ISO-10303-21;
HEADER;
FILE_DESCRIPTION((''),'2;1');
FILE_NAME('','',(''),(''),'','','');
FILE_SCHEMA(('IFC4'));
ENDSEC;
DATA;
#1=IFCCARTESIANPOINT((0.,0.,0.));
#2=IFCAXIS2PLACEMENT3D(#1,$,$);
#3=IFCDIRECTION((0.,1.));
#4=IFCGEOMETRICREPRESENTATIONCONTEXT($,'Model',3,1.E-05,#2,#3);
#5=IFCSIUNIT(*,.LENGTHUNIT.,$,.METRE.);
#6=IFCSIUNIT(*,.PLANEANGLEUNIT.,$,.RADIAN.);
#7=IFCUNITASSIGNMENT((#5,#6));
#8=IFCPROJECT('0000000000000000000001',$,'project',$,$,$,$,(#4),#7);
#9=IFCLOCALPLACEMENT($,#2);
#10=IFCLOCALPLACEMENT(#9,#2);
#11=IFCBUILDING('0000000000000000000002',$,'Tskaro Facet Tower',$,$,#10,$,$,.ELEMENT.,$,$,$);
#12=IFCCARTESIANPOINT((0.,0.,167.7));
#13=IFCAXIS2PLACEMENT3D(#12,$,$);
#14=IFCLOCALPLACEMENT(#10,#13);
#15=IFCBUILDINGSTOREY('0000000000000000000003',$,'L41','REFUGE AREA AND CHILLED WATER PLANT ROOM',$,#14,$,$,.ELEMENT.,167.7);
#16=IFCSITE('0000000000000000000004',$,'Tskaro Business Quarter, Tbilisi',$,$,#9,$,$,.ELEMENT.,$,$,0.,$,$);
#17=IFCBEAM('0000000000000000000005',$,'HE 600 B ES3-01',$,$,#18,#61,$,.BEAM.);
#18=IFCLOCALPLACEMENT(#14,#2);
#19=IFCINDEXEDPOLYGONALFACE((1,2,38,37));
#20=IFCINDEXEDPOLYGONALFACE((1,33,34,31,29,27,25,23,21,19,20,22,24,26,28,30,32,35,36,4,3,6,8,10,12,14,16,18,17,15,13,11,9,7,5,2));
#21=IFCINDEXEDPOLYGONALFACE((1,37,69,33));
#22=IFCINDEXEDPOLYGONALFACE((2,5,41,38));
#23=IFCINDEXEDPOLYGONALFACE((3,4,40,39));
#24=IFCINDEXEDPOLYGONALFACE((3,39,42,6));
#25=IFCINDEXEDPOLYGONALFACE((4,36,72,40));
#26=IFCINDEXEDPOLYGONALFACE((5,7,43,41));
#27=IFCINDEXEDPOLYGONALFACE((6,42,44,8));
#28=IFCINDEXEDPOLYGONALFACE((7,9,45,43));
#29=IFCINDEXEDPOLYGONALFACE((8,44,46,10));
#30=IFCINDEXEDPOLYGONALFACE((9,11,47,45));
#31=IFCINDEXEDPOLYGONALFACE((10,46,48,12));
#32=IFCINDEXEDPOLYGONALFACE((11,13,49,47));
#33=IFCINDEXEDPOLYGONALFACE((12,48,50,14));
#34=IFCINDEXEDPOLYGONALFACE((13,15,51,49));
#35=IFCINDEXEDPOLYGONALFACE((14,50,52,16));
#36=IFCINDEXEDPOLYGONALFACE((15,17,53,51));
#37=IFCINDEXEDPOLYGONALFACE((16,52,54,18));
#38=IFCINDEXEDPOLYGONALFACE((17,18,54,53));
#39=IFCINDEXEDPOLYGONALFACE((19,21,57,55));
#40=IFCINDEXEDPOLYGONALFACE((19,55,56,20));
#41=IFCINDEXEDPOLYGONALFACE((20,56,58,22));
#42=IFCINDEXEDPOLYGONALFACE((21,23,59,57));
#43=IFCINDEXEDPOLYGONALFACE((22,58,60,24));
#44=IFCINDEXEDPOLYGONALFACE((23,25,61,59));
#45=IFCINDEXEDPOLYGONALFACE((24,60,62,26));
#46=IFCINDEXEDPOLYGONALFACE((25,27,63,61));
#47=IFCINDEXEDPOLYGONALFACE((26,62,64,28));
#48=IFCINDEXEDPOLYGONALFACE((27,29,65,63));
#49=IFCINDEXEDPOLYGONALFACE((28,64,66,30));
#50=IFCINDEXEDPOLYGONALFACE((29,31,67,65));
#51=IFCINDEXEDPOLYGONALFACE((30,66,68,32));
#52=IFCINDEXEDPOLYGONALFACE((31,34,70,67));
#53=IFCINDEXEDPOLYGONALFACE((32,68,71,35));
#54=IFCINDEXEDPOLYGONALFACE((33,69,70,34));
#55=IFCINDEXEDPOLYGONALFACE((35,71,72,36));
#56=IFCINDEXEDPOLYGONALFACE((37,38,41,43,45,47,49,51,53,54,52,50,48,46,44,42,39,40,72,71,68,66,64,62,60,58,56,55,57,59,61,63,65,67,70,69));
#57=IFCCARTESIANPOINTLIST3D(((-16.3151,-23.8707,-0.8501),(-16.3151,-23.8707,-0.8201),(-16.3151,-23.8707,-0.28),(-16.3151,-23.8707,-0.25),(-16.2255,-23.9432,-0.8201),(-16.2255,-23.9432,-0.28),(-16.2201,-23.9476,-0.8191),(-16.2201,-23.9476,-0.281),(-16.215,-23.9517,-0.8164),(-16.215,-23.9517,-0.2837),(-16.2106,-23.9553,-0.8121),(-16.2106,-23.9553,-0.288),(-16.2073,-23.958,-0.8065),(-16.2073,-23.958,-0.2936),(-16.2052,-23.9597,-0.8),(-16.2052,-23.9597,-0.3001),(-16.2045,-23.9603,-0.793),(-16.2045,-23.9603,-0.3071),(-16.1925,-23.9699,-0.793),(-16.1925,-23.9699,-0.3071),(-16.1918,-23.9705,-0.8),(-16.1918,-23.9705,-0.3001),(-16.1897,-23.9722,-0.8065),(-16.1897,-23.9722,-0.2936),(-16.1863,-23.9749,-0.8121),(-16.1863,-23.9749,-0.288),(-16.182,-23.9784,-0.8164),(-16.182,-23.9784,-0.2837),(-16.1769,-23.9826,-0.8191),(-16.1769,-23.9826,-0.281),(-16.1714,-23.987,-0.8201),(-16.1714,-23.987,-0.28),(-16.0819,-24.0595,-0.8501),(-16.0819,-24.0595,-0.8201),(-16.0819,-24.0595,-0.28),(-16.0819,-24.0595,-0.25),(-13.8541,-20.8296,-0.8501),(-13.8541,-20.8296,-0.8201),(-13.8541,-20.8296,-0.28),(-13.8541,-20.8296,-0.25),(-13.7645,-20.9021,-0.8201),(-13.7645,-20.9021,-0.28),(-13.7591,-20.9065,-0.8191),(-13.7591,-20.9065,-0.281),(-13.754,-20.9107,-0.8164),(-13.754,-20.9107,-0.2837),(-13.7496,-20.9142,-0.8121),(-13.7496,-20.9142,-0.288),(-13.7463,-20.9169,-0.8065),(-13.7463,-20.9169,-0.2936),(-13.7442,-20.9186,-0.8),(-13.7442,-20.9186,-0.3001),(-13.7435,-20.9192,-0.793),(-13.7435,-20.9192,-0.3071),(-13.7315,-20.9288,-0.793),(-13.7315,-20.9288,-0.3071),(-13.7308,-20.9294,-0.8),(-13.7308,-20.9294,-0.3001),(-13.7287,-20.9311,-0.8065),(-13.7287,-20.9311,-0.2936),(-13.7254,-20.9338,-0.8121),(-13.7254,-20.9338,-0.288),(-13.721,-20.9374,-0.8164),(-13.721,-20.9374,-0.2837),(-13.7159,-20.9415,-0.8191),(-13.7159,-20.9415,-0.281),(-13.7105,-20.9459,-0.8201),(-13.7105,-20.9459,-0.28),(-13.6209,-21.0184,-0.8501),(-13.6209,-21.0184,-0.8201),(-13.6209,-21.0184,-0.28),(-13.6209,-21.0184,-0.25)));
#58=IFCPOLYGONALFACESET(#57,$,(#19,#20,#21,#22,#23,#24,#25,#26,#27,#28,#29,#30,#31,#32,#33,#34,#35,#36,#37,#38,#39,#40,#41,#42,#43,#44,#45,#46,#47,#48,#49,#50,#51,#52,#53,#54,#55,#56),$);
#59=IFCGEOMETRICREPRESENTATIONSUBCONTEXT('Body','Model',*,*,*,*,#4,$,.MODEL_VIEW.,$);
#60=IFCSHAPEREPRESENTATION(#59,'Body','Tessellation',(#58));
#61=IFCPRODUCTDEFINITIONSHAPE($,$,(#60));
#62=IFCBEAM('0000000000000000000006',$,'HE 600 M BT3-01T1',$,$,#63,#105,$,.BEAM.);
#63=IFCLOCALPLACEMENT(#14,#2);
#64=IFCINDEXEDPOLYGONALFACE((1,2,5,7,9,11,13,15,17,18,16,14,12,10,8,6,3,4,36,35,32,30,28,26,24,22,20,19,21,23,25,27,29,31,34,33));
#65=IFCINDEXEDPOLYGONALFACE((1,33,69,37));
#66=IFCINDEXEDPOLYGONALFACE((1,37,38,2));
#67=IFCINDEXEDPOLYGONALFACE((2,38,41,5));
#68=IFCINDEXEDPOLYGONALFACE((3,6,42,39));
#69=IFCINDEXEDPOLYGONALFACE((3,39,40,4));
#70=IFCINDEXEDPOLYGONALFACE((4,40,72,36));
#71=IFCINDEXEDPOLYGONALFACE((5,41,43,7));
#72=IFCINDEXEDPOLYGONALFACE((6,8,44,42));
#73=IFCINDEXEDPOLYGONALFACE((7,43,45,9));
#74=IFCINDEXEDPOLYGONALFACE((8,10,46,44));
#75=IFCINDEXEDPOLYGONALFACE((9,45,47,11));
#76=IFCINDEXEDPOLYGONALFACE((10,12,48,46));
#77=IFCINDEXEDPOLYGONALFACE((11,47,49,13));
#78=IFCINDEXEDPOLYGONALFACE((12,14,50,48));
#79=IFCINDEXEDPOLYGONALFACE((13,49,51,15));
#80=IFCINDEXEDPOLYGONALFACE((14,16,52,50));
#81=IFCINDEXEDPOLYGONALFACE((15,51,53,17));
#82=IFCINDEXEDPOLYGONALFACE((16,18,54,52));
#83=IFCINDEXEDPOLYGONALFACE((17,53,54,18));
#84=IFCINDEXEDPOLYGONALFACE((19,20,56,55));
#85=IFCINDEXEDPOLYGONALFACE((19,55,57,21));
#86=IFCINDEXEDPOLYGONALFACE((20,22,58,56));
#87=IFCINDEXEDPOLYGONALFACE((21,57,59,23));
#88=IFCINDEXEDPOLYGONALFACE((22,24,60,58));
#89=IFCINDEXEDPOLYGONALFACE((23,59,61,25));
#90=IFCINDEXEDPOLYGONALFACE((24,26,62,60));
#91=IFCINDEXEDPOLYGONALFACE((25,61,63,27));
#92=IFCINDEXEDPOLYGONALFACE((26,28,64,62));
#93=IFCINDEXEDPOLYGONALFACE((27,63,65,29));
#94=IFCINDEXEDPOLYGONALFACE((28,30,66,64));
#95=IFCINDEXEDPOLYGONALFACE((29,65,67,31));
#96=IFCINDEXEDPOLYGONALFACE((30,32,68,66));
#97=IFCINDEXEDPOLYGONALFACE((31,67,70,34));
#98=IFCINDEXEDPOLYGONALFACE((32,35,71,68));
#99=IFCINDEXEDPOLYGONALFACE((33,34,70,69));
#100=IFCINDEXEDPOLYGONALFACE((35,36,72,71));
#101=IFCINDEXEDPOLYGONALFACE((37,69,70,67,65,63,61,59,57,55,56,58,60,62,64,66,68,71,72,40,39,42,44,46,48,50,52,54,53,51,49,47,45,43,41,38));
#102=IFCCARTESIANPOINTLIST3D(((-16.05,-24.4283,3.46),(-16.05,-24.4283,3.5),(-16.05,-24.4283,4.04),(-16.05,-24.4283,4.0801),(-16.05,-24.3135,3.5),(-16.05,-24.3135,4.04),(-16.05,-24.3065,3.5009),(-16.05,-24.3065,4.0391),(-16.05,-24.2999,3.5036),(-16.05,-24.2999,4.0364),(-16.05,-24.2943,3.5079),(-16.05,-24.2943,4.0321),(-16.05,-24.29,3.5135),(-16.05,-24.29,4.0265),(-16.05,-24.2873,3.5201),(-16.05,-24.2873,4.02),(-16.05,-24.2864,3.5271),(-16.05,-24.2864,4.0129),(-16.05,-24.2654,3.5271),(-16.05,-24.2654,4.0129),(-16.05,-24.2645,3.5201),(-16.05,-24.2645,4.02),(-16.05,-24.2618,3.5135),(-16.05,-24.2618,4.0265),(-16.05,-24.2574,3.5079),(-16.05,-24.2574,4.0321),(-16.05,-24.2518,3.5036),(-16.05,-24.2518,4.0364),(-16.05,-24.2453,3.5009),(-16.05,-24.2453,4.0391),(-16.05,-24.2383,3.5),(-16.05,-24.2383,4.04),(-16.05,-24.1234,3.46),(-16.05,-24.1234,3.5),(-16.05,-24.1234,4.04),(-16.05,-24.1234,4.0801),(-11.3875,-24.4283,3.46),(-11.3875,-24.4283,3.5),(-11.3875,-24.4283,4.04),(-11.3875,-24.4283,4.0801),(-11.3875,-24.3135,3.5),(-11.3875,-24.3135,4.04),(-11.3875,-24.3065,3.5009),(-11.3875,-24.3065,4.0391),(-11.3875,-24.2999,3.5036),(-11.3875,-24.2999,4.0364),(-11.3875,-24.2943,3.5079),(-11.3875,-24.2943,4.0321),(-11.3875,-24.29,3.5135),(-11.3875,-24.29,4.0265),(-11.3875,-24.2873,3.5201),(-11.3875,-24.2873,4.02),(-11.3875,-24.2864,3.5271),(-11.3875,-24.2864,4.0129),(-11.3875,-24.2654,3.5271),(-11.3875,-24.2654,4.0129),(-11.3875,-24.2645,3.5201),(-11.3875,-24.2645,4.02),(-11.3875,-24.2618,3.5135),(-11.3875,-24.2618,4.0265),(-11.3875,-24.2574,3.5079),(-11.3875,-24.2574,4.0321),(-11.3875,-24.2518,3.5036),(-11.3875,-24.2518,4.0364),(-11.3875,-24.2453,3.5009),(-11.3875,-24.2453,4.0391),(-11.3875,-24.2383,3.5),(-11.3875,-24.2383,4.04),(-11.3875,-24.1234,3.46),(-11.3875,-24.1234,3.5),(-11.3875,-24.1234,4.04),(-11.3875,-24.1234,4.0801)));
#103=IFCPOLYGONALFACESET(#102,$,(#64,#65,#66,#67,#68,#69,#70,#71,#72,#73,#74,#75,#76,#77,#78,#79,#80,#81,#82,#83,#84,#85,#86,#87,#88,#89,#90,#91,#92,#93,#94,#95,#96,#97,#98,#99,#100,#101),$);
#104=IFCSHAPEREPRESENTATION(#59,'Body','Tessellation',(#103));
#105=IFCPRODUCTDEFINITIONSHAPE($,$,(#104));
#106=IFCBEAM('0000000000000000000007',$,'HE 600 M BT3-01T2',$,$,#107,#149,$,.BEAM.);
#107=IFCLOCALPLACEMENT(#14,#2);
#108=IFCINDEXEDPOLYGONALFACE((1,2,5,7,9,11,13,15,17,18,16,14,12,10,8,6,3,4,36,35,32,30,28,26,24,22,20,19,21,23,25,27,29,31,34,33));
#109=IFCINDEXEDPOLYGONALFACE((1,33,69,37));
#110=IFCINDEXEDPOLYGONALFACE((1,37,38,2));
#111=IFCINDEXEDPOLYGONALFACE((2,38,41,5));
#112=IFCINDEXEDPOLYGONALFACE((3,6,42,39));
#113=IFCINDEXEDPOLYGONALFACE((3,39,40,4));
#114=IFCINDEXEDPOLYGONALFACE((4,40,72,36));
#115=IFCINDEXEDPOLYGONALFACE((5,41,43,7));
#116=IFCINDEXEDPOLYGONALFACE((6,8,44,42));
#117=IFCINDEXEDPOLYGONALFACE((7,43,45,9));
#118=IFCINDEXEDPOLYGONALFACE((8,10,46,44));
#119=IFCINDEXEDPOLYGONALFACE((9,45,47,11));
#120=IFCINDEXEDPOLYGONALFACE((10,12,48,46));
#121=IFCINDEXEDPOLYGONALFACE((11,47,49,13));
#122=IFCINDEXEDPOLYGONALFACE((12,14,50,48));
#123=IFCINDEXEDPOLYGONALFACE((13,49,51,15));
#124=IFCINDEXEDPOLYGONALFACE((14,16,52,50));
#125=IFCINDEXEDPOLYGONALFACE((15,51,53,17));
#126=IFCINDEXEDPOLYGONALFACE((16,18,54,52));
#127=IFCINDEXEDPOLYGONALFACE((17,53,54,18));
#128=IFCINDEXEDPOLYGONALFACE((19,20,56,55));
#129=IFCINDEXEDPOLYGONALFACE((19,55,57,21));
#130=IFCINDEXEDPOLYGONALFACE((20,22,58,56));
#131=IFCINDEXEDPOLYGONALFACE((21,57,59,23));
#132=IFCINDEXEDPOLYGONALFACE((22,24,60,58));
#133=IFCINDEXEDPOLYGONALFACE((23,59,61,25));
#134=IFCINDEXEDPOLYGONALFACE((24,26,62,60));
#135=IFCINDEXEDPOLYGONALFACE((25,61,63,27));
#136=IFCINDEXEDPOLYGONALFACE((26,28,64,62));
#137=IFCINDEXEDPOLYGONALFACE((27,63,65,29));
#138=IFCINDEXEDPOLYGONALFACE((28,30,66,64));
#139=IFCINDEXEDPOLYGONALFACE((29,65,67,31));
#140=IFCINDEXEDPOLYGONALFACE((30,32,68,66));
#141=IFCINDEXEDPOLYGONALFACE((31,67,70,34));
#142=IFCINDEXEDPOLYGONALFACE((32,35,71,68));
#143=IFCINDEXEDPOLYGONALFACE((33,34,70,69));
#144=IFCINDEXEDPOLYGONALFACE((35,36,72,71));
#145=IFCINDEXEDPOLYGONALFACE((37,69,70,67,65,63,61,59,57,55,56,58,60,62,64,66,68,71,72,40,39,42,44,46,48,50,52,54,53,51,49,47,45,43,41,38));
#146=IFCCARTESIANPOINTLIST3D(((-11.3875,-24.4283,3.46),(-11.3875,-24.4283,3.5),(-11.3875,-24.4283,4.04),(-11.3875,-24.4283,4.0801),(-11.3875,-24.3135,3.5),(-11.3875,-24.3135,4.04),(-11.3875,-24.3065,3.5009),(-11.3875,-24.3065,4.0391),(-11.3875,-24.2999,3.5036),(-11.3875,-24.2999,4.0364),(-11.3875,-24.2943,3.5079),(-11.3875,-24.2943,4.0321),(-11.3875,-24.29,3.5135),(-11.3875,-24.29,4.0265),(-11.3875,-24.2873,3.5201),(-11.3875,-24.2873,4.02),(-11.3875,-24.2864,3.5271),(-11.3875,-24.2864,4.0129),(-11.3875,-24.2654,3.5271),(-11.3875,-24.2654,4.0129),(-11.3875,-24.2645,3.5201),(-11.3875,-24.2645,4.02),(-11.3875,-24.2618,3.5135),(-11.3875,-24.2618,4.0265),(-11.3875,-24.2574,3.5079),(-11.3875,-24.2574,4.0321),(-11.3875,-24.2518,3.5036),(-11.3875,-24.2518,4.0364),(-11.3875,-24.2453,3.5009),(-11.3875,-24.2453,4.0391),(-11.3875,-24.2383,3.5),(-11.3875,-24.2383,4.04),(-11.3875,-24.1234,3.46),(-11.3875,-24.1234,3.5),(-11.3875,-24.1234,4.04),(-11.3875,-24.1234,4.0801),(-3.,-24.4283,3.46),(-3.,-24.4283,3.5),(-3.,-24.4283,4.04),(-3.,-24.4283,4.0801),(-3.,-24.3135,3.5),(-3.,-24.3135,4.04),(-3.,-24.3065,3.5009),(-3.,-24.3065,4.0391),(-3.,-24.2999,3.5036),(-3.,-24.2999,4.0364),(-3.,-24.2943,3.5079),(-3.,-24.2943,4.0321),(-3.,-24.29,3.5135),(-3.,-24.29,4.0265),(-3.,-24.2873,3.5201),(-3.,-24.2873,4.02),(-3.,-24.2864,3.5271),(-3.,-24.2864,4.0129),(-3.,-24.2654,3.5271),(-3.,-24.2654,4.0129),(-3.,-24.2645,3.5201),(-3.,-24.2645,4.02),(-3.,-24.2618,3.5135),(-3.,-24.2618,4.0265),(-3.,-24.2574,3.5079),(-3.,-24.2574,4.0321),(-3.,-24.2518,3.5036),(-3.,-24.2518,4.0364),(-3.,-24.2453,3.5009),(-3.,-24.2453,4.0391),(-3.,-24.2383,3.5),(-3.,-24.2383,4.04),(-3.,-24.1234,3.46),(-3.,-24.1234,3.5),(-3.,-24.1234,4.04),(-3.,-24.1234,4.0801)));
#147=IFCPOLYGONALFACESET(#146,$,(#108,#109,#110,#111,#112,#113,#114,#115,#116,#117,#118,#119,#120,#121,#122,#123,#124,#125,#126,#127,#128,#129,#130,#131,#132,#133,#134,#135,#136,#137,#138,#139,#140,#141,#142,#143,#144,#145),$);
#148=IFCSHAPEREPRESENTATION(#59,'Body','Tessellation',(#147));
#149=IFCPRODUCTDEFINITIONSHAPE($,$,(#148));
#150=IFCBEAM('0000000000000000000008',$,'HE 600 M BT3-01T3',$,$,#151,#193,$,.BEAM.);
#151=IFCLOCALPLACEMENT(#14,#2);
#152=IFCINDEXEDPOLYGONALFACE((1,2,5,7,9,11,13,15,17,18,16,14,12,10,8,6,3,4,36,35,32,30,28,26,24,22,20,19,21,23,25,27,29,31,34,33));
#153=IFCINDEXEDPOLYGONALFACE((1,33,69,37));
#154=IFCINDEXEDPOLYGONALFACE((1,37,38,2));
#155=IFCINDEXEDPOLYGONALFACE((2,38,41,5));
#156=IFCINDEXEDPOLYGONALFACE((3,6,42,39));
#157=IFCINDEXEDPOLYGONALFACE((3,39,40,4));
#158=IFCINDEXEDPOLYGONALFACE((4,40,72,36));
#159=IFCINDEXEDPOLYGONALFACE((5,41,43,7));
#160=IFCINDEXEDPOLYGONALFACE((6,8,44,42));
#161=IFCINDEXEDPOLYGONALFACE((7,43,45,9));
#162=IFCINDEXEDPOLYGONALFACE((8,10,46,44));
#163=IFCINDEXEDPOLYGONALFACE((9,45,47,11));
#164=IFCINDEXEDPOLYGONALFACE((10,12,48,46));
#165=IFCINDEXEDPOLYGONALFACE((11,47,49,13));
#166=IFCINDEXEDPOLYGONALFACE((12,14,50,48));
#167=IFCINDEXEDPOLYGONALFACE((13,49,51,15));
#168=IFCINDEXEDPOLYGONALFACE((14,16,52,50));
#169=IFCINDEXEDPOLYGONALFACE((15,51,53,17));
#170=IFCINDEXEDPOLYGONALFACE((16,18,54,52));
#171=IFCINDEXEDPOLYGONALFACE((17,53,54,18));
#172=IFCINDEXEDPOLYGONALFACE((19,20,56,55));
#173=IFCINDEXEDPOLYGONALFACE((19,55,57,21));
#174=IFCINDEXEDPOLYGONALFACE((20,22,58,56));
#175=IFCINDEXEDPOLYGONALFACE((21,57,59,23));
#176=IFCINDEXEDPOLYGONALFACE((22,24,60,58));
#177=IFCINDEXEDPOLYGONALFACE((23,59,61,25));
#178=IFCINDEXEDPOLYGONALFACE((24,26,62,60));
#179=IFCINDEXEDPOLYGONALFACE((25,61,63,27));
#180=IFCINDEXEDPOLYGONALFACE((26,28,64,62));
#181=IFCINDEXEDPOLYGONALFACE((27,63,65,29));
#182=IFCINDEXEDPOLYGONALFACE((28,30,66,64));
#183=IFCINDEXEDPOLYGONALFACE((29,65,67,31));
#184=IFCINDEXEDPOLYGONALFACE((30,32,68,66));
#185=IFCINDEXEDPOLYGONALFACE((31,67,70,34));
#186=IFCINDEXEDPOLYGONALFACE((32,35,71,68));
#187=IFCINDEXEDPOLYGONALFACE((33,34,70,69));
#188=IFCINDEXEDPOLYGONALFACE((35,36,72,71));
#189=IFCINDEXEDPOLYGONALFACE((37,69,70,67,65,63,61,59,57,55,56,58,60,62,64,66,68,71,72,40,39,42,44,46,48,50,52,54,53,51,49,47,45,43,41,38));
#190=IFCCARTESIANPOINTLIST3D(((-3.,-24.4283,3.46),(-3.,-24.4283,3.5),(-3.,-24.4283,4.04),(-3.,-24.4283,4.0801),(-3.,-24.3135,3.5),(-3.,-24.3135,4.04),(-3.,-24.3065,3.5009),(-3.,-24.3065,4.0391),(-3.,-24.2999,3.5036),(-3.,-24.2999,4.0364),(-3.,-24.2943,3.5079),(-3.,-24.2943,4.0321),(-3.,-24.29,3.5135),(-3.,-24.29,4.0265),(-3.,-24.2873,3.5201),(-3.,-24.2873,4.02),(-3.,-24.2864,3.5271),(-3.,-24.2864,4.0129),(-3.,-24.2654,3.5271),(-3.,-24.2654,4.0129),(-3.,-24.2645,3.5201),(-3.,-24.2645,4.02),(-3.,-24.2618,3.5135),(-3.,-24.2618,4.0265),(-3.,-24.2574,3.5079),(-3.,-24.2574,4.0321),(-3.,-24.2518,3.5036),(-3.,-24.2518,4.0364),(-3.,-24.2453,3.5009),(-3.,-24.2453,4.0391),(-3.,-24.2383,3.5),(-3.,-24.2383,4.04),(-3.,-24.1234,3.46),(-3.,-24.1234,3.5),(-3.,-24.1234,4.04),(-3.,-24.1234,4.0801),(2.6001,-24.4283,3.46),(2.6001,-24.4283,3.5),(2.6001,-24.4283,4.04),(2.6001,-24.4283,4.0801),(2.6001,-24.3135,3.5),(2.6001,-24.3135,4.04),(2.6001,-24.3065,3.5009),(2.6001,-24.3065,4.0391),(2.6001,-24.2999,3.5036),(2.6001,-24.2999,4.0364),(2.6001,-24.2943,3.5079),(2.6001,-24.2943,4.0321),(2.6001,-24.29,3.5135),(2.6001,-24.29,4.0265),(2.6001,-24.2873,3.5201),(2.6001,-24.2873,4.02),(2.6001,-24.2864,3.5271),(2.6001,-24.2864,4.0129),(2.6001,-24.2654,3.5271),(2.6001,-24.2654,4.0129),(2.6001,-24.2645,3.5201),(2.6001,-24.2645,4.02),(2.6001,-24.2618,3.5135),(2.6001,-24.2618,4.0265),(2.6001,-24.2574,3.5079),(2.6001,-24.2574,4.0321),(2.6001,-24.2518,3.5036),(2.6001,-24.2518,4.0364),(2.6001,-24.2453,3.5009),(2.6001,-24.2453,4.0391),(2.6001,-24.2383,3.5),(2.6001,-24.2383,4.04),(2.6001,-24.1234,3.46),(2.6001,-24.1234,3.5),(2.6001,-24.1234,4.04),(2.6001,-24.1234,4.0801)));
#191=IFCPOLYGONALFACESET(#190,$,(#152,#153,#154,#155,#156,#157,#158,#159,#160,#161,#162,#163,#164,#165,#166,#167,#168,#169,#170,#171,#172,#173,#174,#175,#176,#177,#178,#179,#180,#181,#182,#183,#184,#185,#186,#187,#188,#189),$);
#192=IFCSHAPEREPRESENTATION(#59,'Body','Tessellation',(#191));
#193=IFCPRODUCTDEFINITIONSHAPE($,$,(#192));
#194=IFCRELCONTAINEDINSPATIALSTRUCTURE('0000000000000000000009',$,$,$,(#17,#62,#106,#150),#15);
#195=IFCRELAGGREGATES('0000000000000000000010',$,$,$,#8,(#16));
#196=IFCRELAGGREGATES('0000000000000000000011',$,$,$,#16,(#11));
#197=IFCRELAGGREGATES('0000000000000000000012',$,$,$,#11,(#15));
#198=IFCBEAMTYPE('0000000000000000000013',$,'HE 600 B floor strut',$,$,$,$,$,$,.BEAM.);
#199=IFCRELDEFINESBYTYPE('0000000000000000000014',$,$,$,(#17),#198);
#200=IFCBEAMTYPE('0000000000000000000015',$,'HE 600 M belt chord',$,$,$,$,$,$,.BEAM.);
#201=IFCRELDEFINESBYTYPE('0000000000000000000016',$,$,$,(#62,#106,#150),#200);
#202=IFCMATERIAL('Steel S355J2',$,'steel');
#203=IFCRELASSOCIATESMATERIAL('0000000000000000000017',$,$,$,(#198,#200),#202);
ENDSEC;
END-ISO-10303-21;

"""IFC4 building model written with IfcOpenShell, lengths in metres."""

from ifc_helpers import new_model, si_unit, direction, frame, origin, origin_2d, place, context, subcontext, project, spatial, i_section, extrude, material, material_profile, profile_set, type_object, element, save


model = new_model("IFC4")

# Units and contexts
model_context = context("Model", 3, precision=1e-05, world=origin(), true_north=direction((0.0, 1.0)))
body_context = subcontext(model_context, "Body", "Model", "MODEL_VIEW")
ifc_project = project(units=[si_unit("LENGTHUNIT", "METRE"), si_unit("PLANEANGLEUNIT", "RADIAN")], contexts=[model_context])

# Site, building, storey
site_placement = place(None, origin())
site = spatial("IfcSite", under=ifc_project, at=site_placement, Name="Tskaro Business Quarter, Tbilisi", CompositionType="ELEMENT", RefElevation=0.0)
building_placement = place(site_placement, origin())
building = spatial("IfcBuilding", under=site, at=building_placement, Name="Tskaro Facet Tower", CompositionType="ELEMENT")
storey_placement = place(building_placement, frame((0.0, 0.0, 167.7)))
storey = spatial("IfcBuildingStorey", under=building, at=storey_placement, Name="L41", Description="REFUGE AREA AND CHILLED WATER PLANT ROOM", CompositionType="ELEMENT", Elevation=167.7)

# Shared definitions
ifc_material_1 = material(Name="Steel S355J2", Category="steel")

# Beams
ifc_material_profile_1 = material_profile(ifc_material_1, i_section(OverallWidth=0.3, OverallDepth=0.6001, WebThickness=0.0154, FlangeThickness=0.03, FilletRadius=0.0271, at=origin_2d()), Name="HE 600 B")
ifc_profile_set_1 = profile_set([ifc_material_profile_1], Name="Steel S355J2")
beam_type_1 = type_object("IfcBeamType", Name="HE 600 B floor strut", PredefinedType="BEAM", material=ifc_profile_set_1)
beam_1_placement = place(storey_placement, frame((-16.1985, -23.9651, -0.55), z_axis=(0.629069, 0.777349, 0.0), x_axis=(-0.777349, 0.629069, 0.0)))
element("IfcBeam", 1, at=beam_1_placement, inside=storey, type_object=beam_type_1, Name="HE 600 B ES3-01", PredefinedType="BEAM", context=body_context, shape_type="SweptSolid", body=[
    extrude(i_section(OverallWidth=0.3, OverallDepth=0.6001, WebThickness=0.0154, FlangeThickness=0.03, FilletRadius=0.0271, at=origin_2d()), origin(), (0.0, 0.0, 1.0), 3.9121),
])
ifc_material_profile_2 = material_profile(ifc_material_1, i_section(OverallWidth=0.3049, OverallDepth=0.6201, WebThickness=0.021, FlangeThickness=0.04, FilletRadius=0.0271, at=origin_2d()), Name="HE 600 M")
ifc_profile_set_2 = profile_set([ifc_material_profile_2], Name="Steel S355J2")
beam_type_2 = type_object("IfcBeamType", Name="HE 600 M belt chord", PredefinedType="BEAM", material=ifc_profile_set_2)
beam_2_placement = place(storey_placement, frame((-16.05, -24.2759, 3.77), z_axis=(1.0, 0.0, 0.0), x_axis=(0.0, 1.0, 0.0)))
element("IfcBeam", 2, at=beam_2_placement, inside=storey, type_object=beam_type_2, Name="HE 600 M BT3-01T1", PredefinedType="BEAM", context=body_context, shape_type="SweptSolid", body=[
    extrude(i_section(OverallWidth=0.3049, OverallDepth=0.6201, WebThickness=0.021, FlangeThickness=0.04, FilletRadius=0.0271, at=origin_2d()), origin(), (0.0, 0.0, 1.0), 4.6626),
])
beam_3_placement = place(storey_placement, frame((-11.3875, -24.2759, 3.77), z_axis=(1.0, 0.0, 0.0), x_axis=(0.0, 1.0, 0.0)))
element("IfcBeam", 3, at=beam_3_placement, inside=storey, type_object=beam_type_2, Name="HE 600 M BT3-01T2", PredefinedType="BEAM", context=body_context, shape_type="SweptSolid", body=[
    extrude(i_section(OverallWidth=0.3049, OverallDepth=0.6201, WebThickness=0.021, FlangeThickness=0.04, FilletRadius=0.0271, at=origin_2d()), origin(), (0.0, 0.0, 1.0), 8.3875),
])
beam_4_placement = place(storey_placement, frame((-3.0, -24.2759, 3.77), z_axis=(1.0, 0.0, 0.0), x_axis=(0.0, 1.0, 0.0)))
element("IfcBeam", 4, at=beam_4_placement, inside=storey, type_object=beam_type_2, Name="HE 600 M BT3-01T3", PredefinedType="BEAM", context=body_context, shape_type="SweptSolid", body=[
    extrude(i_section(OverallWidth=0.3049, OverallDepth=0.6201, WebThickness=0.021, FlangeThickness=0.04, FilletRadius=0.0271, at=origin_2d()), origin(), (0.0, 0.0, 1.0), 5.6001),
])

save(model, "model.ifc")
